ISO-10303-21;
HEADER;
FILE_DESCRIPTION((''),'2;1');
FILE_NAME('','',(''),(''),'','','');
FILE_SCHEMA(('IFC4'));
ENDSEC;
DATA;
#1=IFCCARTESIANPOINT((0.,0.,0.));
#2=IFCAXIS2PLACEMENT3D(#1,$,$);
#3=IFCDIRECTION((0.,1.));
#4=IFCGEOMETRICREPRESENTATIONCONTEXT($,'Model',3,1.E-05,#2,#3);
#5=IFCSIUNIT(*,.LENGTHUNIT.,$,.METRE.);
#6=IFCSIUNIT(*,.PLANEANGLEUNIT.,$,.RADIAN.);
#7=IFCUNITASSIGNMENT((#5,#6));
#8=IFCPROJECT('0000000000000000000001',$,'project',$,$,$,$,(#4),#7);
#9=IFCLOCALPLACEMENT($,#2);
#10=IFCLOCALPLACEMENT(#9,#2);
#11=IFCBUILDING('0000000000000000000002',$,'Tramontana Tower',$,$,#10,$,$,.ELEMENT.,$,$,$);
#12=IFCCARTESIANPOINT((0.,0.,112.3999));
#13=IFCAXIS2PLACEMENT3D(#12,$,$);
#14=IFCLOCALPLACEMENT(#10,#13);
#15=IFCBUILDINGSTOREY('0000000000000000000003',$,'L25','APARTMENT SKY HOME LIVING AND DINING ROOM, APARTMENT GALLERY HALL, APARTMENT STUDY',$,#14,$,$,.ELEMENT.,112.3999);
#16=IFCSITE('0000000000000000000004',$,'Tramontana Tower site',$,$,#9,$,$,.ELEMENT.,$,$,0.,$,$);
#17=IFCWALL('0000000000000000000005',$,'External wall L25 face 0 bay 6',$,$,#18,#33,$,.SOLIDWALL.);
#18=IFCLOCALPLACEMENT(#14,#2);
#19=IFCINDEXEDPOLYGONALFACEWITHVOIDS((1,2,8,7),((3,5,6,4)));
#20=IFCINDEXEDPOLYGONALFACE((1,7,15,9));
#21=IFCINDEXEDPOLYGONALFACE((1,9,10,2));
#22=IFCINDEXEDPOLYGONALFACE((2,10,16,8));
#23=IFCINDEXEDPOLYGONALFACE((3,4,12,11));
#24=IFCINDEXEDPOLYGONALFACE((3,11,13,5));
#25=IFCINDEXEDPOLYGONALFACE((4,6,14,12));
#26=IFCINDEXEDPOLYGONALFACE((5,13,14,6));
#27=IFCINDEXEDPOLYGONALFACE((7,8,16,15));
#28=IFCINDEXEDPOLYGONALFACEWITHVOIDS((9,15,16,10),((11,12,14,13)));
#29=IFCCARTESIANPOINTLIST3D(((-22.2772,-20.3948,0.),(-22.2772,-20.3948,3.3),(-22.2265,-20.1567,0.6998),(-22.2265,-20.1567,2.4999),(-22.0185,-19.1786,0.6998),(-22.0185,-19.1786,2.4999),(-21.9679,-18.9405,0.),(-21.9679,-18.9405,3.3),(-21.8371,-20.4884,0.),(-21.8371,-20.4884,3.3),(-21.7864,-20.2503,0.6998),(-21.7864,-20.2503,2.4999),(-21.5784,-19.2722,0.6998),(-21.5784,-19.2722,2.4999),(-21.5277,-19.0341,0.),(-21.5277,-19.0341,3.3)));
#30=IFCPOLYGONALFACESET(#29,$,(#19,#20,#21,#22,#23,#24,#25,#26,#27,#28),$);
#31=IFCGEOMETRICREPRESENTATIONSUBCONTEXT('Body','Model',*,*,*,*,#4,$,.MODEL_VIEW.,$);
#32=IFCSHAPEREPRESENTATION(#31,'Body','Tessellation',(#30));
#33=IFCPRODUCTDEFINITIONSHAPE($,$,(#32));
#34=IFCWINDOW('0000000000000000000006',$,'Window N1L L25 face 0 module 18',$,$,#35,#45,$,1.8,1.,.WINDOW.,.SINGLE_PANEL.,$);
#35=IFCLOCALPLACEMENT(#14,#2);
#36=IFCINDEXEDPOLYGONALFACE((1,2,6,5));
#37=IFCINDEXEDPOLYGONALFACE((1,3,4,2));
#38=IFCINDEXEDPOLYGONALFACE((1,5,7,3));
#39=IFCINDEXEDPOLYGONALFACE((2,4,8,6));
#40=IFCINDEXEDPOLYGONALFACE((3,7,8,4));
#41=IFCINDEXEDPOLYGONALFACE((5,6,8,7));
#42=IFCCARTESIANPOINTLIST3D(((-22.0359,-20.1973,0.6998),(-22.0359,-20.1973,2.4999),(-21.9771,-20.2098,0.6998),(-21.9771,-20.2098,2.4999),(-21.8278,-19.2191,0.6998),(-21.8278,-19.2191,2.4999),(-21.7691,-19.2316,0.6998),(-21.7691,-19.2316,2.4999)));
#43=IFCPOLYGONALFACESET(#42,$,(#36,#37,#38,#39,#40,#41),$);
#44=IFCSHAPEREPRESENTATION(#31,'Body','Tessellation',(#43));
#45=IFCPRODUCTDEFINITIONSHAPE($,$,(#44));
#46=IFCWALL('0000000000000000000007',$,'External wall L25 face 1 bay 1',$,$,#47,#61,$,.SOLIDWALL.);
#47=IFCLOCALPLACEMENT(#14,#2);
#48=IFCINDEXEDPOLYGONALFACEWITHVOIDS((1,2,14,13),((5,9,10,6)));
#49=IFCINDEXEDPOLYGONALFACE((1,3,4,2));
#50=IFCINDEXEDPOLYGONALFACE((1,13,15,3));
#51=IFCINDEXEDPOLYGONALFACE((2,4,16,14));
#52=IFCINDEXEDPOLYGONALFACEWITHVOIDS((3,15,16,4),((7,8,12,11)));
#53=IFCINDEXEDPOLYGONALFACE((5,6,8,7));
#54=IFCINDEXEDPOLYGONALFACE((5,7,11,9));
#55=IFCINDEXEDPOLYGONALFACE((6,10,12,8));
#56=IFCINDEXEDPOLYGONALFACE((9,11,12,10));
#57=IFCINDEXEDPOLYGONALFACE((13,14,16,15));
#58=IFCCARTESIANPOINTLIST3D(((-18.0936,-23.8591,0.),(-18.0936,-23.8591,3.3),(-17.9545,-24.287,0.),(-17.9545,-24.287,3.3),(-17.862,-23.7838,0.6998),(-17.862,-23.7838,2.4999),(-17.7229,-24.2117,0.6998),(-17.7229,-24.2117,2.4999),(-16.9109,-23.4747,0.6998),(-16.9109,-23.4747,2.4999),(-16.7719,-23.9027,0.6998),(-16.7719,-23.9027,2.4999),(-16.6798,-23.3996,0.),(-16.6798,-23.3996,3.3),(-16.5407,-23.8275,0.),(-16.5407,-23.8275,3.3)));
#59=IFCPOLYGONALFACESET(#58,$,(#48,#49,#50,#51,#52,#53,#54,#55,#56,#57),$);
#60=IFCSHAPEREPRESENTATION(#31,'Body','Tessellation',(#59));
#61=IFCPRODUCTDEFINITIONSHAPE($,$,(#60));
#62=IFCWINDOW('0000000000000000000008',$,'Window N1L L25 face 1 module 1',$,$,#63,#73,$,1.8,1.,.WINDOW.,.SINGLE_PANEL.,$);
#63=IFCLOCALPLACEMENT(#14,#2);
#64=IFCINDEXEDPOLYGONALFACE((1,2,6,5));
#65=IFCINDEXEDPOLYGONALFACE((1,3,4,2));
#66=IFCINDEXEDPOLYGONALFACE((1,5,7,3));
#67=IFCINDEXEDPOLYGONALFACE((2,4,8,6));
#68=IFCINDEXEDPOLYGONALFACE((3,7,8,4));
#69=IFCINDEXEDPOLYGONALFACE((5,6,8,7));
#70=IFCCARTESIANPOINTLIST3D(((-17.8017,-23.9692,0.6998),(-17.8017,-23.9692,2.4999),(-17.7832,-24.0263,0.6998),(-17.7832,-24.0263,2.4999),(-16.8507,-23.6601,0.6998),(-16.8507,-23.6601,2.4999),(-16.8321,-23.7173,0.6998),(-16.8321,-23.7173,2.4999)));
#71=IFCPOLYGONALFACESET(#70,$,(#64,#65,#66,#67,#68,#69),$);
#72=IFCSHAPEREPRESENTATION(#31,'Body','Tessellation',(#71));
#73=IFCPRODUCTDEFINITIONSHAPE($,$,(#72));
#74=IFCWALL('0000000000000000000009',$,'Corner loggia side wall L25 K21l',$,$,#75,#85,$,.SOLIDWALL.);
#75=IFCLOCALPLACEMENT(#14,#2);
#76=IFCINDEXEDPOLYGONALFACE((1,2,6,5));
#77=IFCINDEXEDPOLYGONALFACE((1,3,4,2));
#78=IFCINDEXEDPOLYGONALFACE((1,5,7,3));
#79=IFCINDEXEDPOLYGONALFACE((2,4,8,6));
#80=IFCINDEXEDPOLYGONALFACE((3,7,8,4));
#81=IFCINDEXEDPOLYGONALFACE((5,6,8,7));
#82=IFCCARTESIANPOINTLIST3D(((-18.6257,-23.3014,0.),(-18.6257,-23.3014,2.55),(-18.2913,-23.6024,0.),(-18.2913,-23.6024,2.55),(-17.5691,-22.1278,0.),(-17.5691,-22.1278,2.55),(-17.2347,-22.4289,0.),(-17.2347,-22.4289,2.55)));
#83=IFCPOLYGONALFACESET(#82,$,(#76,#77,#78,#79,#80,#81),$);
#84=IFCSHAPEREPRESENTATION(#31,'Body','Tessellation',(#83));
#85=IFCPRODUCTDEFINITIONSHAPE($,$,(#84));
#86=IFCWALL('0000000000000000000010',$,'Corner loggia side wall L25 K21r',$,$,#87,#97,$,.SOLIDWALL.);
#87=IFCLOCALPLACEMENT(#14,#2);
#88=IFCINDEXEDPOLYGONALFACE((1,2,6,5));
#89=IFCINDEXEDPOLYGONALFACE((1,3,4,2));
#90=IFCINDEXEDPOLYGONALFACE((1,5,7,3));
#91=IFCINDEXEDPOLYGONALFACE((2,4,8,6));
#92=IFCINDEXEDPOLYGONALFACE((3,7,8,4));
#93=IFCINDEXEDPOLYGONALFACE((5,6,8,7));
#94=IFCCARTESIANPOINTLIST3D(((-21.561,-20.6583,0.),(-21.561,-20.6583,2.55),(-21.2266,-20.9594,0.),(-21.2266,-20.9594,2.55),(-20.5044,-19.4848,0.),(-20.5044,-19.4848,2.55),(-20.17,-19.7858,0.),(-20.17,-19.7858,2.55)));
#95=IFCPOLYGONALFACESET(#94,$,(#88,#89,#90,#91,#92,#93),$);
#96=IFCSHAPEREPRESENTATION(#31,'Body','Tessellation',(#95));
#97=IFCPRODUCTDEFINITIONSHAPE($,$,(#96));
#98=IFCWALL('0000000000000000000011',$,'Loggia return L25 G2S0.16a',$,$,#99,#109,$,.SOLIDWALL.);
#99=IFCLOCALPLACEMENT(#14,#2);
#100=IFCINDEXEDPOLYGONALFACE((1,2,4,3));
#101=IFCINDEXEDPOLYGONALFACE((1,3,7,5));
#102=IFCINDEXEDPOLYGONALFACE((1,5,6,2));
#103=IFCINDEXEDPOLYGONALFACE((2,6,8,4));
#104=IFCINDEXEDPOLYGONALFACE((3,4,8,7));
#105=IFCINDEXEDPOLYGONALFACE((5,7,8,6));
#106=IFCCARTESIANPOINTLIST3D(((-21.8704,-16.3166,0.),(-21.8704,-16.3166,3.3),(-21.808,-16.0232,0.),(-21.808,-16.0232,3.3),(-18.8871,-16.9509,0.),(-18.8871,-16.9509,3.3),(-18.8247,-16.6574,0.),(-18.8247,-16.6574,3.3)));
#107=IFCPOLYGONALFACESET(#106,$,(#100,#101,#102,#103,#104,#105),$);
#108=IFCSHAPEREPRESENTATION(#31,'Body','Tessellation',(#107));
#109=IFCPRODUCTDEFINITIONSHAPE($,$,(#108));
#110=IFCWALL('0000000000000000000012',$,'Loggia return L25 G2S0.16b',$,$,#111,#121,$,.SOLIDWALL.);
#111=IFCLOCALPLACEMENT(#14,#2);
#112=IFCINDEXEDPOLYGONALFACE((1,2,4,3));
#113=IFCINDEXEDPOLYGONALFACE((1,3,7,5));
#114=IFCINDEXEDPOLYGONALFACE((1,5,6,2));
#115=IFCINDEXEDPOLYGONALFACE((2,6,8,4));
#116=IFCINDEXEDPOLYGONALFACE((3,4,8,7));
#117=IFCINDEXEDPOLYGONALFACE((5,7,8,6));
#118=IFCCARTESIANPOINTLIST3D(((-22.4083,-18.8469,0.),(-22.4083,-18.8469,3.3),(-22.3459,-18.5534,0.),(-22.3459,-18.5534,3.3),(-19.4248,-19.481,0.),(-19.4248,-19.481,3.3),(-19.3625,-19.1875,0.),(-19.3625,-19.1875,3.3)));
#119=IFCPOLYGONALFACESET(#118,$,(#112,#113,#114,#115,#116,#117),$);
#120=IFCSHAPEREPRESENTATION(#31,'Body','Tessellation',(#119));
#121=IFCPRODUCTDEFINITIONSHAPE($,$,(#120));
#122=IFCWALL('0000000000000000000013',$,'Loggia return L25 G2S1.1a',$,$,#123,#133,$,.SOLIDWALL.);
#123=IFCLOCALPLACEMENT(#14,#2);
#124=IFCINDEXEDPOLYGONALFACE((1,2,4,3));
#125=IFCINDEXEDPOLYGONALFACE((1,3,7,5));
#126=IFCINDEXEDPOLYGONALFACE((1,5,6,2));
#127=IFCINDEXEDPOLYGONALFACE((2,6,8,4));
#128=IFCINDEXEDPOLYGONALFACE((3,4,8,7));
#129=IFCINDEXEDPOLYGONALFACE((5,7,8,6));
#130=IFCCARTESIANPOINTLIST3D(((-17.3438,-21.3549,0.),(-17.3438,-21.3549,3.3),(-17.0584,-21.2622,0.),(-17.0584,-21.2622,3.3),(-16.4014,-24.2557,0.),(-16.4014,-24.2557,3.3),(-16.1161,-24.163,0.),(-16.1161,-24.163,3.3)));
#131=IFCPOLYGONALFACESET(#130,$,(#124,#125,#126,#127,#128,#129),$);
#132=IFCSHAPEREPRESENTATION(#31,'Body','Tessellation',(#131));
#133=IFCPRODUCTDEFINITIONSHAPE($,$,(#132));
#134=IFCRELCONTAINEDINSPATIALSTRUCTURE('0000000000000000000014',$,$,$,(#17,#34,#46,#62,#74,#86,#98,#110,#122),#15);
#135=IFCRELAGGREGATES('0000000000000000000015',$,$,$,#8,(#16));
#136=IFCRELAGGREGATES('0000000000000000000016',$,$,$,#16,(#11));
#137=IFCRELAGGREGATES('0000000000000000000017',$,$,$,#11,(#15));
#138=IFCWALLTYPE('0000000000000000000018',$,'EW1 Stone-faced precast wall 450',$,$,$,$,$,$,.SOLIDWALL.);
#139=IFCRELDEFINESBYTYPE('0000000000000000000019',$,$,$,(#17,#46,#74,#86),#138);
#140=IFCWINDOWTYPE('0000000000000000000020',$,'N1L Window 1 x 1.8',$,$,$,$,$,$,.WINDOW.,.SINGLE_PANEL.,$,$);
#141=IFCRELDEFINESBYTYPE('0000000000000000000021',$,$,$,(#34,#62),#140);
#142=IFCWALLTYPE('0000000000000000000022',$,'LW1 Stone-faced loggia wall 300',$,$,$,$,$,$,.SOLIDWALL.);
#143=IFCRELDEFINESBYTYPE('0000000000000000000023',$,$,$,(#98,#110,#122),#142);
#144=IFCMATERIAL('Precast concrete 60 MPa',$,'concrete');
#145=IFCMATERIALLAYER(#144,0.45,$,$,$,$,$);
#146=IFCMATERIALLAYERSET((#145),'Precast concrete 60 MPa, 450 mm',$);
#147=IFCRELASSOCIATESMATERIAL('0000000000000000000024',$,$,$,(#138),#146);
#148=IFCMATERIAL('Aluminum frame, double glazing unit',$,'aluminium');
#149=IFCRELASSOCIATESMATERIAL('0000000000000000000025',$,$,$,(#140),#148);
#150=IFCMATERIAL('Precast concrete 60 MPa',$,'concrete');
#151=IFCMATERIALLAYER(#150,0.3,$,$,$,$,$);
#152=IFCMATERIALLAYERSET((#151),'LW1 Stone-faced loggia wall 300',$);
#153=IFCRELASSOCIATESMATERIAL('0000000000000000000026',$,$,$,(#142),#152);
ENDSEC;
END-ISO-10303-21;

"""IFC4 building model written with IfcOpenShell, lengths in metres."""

from ifc_helpers import new_model, si_unit, direction, frame, frame_2d, origin, place, context, subcontext, project, spatial, rectangle, extrude, material, layer, layer_set, type_object, element, fill, save


model = new_model("IFC4")

# Units and contexts
model_context = context("Model", 3, precision=1e-05, world=origin(), true_north=direction((0.0, 1.0)))
body_context = subcontext(model_context, "Body", "Model", "MODEL_VIEW")
ifc_project = project(units=[si_unit("LENGTHUNIT", "METRE"), si_unit("PLANEANGLEUNIT", "RADIAN")], contexts=[model_context])

# Site, building, storey
site_placement = place(None, origin())
site = spatial("IfcSite", under=ifc_project, at=site_placement, Name="Tramontana Tower site", CompositionType="ELEMENT", RefElevation=0.0)
building_placement = place(site_placement, origin())
building = spatial("IfcBuilding", under=site, at=building_placement, Name="Tramontana Tower", CompositionType="ELEMENT")
storey_placement = place(building_placement, frame((0.0, 0.0, 112.3999)))
storey = spatial("IfcBuildingStorey", under=building, at=storey_placement, Name="L25", Description="APARTMENT SKY HOME LIVING AND DINING ROOM, APARTMENT GALLERY HALL, APARTMENT STUDY", CompositionType="ELEMENT", Elevation=112.3999)

# Walls, openings, windows
ifc_material_1 = material(Name="Precast concrete 60 MPa", Category="concrete")
ifc_layer_1 = layer(ifc_material_1, 0.45)
ifc_layer_set_1 = layer_set([ifc_layer_1], Name="Precast concrete 60 MPa, 450 mm")
wall_type_1 = type_object("IfcWallType", Name="EW1 Stone-faced precast wall 450", PredefinedType="SOLIDWALL", material=ifc_layer_set_1)
wall_1_placement = place(storey_placement, frame((-21.7478, -18.9873, 0.0), z_axis=(0.0, 0.0, 1.0), x_axis=(-0.208037, -0.978121, 0.0)))
wall_1 = element("IfcWall", 1, at=wall_1_placement, inside=storey, type_object=wall_type_1, Name="External wall L25 face 0 bay 6", PredefinedType="SOLIDWALL", context=body_context, shape_type="SweptSolid", body=[
    extrude(rectangle(XDim=1.4868, YDim=0.45, at=frame_2d((0.7434, 0.0))), origin(), (0.0, 0.0, 1.0), 3.3),
])
opening_1_placement = place(wall_1_placement, frame((0.2434, 0.0, 0.7)))
opening_1 = element("IfcOpeningElement", 2, at=opening_1_placement, cuts=wall_1, PredefinedType="OPENING", context=body_context, shape_type="SweptSolid", body=[
    extrude(rectangle(XDim=1.0, YDim=1.8, at=frame_2d((0.5, 0.8999))), frame((0.0, 0.2349, 0.0), z_axis=(0.0, -1.0, 0.0), x_axis=(1.0, 0.0, 0.0)), (0.0, 0.0, 1.0), 0.47),
])
ifc_material_2 = material(Name="Aluminum frame, double glazing unit", Category="aluminium")
window_type_1 = type_object("IfcWindowType", Name="N1L Window 1 x 1.8", PartitioningType="SINGLE_PANEL", PredefinedType="WINDOW", material=ifc_material_2)
window_1_placement = place(opening_1_placement, origin())
window_1 = element("IfcWindow", 3, at=window_1_placement, inside=storey, type_object=window_type_1, Name="Window N1L L25 face 0 module 18", OverallHeight=1.8, OverallWidth=1.0, PartitioningType="SINGLE_PANEL", PredefinedType="WINDOW", context=body_context, shape_type="SweptSolid", body=[
    extrude(rectangle(XDim=1.0, YDim=1.8, at=frame_2d((0.5, 0.8999))), frame((0.0, 0.03, 0.0), z_axis=(0.0, -1.0, 0.0), x_axis=(1.0, 0.0, 0.0)), (0.0, 0.0, 1.0), 0.0601),
])
fill(opening_1, window_1)
wall_2_placement = place(storey_placement, frame((-18.0239, -24.073, 0.0), z_axis=(0.0, 0.0, 1.0), x_axis=(0.951038, 0.309075, 0.0)))
wall_2 = element("IfcWall", 4, at=wall_2_placement, inside=storey, type_object=wall_type_1, Name="External wall L25 face 1 bay 1", PredefinedType="SOLIDWALL", context=body_context, shape_type="SweptSolid", body=[
    extrude(rectangle(XDim=1.4866, YDim=0.45, at=frame_2d((0.7432, 0.0))), origin(), (0.0, 0.0, 1.0), 3.3),
])
opening_2_placement = place(wall_2_placement, frame((0.2434, 0.0, 0.7)))
opening_2 = element("IfcOpeningElement", 5, at=opening_2_placement, cuts=wall_2, PredefinedType="OPENING", context=body_context, shape_type="SweptSolid", body=[
    extrude(rectangle(XDim=1.0, YDim=1.8, at=frame_2d((0.5, 0.8999))), frame((0.0, 0.2349, 0.0), z_axis=(0.0, -1.0, 0.0), x_axis=(1.0, 0.0, 0.0)), (0.0, 0.0, 1.0), 0.47),
])
window_2_placement = place(opening_2_placement, origin())
window_2 = element("IfcWindow", 6, at=window_2_placement, inside=storey, type_object=window_type_1, Name="Window N1L L25 face 1 module 1", OverallHeight=1.8, OverallWidth=1.0, PartitioningType="SINGLE_PANEL", PredefinedType="WINDOW", context=body_context, shape_type="SweptSolid", body=[
    extrude(rectangle(XDim=1.0, YDim=1.8, at=frame_2d((0.5, 0.8999))), frame((0.0, 0.03, 0.0), z_axis=(0.0, -1.0, 0.0), x_axis=(1.0, 0.0, 0.0)), (0.0, 0.0, 1.0), 0.0601),
])
fill(opening_2, window_2)

# Walls
for number, where, z_axis, x_axis, name in (
    (7, (-18.4585, -23.4519, 0.0), (0.0, 0.0, 1.0), (0.66911, 0.743163, 0.0), "Corner loggia side wall L25 K21l"),
    (8, (-21.3938, -20.8088, 0.0), (0.0, 0.0, 1.0), (0.66911, 0.743163, 0.0), "Corner loggia side wall L25 K21r"),
):
    element("IfcWall", number, at=place(storey_placement, frame(where, z_axis=z_axis, x_axis=x_axis)), inside=storey, type_object=wall_type_1, Name=name, PredefinedType="SOLIDWALL", context=body_context, shape_type="SweptSolid", body=[
        extrude(rectangle(XDim=1.5791, YDim=0.45, at=frame_2d((0.7896, 0.0))), origin(), (0.0, 0.0, 1.0), 2.55),
    ])

# Shared definitions
ifc_material_3 = material(Name="Precast concrete 60 MPa", Category="concrete")
ifc_layer_2 = layer(ifc_material_3, 0.3)
ifc_layer_set_2 = layer_set([ifc_layer_2], Name="LW1 Stone-faced loggia wall 300")
wall_type_2 = type_object("IfcWallType", Name="LW1 Stone-faced loggia wall 300", PredefinedType="SOLIDWALL", material=ifc_layer_set_2)

# Walls
for number, where, z_axis, x_axis, name in (
    (9, (-21.8391, -16.1699, 0.0), (0.0, 0.0, 1.0), (0.978139, -0.207954, 0.0), "Loggia return L25 G2S0.16a"),
    (10, (-22.377, -18.7002, 0.0), (0.0, 0.0, 1.0), (0.978155, -0.207878, 0.0), "Loggia return L25 G2S0.16b"),
):
    element("IfcWall", number, at=place(storey_placement, frame(where, z_axis=z_axis, x_axis=x_axis)), inside=storey, type_object=wall_type_2, Name=name, PredefinedType="SOLIDWALL", context=body_context, shape_type="SweptSolid", body=[
        extrude(rectangle(XDim=3.05, YDim=0.3, at=frame_2d((1.5249, 0.0))), origin(), (0.0, 0.0, 1.0), 3.3),
    ])

# Wall
wall_3_placement = place(storey_placement, frame((-16.2588, -24.2092, 0.0), z_axis=(0.0, 0.0, 1.0), x_axis=(-0.308967, 0.951073, 0.0)))
element("IfcWall", 11, at=wall_3_placement, inside=storey, type_object=wall_type_2, Name="Loggia return L25 G2S1.1a", PredefinedType="SOLIDWALL", context=body_context, shape_type="SweptSolid", body=[
    extrude(rectangle(XDim=3.05, YDim=0.3, at=frame_2d((1.5249, 0.0))), origin(), (0.0, 0.0, 1.0), 3.3),
])

save(model, "model.ifc")
